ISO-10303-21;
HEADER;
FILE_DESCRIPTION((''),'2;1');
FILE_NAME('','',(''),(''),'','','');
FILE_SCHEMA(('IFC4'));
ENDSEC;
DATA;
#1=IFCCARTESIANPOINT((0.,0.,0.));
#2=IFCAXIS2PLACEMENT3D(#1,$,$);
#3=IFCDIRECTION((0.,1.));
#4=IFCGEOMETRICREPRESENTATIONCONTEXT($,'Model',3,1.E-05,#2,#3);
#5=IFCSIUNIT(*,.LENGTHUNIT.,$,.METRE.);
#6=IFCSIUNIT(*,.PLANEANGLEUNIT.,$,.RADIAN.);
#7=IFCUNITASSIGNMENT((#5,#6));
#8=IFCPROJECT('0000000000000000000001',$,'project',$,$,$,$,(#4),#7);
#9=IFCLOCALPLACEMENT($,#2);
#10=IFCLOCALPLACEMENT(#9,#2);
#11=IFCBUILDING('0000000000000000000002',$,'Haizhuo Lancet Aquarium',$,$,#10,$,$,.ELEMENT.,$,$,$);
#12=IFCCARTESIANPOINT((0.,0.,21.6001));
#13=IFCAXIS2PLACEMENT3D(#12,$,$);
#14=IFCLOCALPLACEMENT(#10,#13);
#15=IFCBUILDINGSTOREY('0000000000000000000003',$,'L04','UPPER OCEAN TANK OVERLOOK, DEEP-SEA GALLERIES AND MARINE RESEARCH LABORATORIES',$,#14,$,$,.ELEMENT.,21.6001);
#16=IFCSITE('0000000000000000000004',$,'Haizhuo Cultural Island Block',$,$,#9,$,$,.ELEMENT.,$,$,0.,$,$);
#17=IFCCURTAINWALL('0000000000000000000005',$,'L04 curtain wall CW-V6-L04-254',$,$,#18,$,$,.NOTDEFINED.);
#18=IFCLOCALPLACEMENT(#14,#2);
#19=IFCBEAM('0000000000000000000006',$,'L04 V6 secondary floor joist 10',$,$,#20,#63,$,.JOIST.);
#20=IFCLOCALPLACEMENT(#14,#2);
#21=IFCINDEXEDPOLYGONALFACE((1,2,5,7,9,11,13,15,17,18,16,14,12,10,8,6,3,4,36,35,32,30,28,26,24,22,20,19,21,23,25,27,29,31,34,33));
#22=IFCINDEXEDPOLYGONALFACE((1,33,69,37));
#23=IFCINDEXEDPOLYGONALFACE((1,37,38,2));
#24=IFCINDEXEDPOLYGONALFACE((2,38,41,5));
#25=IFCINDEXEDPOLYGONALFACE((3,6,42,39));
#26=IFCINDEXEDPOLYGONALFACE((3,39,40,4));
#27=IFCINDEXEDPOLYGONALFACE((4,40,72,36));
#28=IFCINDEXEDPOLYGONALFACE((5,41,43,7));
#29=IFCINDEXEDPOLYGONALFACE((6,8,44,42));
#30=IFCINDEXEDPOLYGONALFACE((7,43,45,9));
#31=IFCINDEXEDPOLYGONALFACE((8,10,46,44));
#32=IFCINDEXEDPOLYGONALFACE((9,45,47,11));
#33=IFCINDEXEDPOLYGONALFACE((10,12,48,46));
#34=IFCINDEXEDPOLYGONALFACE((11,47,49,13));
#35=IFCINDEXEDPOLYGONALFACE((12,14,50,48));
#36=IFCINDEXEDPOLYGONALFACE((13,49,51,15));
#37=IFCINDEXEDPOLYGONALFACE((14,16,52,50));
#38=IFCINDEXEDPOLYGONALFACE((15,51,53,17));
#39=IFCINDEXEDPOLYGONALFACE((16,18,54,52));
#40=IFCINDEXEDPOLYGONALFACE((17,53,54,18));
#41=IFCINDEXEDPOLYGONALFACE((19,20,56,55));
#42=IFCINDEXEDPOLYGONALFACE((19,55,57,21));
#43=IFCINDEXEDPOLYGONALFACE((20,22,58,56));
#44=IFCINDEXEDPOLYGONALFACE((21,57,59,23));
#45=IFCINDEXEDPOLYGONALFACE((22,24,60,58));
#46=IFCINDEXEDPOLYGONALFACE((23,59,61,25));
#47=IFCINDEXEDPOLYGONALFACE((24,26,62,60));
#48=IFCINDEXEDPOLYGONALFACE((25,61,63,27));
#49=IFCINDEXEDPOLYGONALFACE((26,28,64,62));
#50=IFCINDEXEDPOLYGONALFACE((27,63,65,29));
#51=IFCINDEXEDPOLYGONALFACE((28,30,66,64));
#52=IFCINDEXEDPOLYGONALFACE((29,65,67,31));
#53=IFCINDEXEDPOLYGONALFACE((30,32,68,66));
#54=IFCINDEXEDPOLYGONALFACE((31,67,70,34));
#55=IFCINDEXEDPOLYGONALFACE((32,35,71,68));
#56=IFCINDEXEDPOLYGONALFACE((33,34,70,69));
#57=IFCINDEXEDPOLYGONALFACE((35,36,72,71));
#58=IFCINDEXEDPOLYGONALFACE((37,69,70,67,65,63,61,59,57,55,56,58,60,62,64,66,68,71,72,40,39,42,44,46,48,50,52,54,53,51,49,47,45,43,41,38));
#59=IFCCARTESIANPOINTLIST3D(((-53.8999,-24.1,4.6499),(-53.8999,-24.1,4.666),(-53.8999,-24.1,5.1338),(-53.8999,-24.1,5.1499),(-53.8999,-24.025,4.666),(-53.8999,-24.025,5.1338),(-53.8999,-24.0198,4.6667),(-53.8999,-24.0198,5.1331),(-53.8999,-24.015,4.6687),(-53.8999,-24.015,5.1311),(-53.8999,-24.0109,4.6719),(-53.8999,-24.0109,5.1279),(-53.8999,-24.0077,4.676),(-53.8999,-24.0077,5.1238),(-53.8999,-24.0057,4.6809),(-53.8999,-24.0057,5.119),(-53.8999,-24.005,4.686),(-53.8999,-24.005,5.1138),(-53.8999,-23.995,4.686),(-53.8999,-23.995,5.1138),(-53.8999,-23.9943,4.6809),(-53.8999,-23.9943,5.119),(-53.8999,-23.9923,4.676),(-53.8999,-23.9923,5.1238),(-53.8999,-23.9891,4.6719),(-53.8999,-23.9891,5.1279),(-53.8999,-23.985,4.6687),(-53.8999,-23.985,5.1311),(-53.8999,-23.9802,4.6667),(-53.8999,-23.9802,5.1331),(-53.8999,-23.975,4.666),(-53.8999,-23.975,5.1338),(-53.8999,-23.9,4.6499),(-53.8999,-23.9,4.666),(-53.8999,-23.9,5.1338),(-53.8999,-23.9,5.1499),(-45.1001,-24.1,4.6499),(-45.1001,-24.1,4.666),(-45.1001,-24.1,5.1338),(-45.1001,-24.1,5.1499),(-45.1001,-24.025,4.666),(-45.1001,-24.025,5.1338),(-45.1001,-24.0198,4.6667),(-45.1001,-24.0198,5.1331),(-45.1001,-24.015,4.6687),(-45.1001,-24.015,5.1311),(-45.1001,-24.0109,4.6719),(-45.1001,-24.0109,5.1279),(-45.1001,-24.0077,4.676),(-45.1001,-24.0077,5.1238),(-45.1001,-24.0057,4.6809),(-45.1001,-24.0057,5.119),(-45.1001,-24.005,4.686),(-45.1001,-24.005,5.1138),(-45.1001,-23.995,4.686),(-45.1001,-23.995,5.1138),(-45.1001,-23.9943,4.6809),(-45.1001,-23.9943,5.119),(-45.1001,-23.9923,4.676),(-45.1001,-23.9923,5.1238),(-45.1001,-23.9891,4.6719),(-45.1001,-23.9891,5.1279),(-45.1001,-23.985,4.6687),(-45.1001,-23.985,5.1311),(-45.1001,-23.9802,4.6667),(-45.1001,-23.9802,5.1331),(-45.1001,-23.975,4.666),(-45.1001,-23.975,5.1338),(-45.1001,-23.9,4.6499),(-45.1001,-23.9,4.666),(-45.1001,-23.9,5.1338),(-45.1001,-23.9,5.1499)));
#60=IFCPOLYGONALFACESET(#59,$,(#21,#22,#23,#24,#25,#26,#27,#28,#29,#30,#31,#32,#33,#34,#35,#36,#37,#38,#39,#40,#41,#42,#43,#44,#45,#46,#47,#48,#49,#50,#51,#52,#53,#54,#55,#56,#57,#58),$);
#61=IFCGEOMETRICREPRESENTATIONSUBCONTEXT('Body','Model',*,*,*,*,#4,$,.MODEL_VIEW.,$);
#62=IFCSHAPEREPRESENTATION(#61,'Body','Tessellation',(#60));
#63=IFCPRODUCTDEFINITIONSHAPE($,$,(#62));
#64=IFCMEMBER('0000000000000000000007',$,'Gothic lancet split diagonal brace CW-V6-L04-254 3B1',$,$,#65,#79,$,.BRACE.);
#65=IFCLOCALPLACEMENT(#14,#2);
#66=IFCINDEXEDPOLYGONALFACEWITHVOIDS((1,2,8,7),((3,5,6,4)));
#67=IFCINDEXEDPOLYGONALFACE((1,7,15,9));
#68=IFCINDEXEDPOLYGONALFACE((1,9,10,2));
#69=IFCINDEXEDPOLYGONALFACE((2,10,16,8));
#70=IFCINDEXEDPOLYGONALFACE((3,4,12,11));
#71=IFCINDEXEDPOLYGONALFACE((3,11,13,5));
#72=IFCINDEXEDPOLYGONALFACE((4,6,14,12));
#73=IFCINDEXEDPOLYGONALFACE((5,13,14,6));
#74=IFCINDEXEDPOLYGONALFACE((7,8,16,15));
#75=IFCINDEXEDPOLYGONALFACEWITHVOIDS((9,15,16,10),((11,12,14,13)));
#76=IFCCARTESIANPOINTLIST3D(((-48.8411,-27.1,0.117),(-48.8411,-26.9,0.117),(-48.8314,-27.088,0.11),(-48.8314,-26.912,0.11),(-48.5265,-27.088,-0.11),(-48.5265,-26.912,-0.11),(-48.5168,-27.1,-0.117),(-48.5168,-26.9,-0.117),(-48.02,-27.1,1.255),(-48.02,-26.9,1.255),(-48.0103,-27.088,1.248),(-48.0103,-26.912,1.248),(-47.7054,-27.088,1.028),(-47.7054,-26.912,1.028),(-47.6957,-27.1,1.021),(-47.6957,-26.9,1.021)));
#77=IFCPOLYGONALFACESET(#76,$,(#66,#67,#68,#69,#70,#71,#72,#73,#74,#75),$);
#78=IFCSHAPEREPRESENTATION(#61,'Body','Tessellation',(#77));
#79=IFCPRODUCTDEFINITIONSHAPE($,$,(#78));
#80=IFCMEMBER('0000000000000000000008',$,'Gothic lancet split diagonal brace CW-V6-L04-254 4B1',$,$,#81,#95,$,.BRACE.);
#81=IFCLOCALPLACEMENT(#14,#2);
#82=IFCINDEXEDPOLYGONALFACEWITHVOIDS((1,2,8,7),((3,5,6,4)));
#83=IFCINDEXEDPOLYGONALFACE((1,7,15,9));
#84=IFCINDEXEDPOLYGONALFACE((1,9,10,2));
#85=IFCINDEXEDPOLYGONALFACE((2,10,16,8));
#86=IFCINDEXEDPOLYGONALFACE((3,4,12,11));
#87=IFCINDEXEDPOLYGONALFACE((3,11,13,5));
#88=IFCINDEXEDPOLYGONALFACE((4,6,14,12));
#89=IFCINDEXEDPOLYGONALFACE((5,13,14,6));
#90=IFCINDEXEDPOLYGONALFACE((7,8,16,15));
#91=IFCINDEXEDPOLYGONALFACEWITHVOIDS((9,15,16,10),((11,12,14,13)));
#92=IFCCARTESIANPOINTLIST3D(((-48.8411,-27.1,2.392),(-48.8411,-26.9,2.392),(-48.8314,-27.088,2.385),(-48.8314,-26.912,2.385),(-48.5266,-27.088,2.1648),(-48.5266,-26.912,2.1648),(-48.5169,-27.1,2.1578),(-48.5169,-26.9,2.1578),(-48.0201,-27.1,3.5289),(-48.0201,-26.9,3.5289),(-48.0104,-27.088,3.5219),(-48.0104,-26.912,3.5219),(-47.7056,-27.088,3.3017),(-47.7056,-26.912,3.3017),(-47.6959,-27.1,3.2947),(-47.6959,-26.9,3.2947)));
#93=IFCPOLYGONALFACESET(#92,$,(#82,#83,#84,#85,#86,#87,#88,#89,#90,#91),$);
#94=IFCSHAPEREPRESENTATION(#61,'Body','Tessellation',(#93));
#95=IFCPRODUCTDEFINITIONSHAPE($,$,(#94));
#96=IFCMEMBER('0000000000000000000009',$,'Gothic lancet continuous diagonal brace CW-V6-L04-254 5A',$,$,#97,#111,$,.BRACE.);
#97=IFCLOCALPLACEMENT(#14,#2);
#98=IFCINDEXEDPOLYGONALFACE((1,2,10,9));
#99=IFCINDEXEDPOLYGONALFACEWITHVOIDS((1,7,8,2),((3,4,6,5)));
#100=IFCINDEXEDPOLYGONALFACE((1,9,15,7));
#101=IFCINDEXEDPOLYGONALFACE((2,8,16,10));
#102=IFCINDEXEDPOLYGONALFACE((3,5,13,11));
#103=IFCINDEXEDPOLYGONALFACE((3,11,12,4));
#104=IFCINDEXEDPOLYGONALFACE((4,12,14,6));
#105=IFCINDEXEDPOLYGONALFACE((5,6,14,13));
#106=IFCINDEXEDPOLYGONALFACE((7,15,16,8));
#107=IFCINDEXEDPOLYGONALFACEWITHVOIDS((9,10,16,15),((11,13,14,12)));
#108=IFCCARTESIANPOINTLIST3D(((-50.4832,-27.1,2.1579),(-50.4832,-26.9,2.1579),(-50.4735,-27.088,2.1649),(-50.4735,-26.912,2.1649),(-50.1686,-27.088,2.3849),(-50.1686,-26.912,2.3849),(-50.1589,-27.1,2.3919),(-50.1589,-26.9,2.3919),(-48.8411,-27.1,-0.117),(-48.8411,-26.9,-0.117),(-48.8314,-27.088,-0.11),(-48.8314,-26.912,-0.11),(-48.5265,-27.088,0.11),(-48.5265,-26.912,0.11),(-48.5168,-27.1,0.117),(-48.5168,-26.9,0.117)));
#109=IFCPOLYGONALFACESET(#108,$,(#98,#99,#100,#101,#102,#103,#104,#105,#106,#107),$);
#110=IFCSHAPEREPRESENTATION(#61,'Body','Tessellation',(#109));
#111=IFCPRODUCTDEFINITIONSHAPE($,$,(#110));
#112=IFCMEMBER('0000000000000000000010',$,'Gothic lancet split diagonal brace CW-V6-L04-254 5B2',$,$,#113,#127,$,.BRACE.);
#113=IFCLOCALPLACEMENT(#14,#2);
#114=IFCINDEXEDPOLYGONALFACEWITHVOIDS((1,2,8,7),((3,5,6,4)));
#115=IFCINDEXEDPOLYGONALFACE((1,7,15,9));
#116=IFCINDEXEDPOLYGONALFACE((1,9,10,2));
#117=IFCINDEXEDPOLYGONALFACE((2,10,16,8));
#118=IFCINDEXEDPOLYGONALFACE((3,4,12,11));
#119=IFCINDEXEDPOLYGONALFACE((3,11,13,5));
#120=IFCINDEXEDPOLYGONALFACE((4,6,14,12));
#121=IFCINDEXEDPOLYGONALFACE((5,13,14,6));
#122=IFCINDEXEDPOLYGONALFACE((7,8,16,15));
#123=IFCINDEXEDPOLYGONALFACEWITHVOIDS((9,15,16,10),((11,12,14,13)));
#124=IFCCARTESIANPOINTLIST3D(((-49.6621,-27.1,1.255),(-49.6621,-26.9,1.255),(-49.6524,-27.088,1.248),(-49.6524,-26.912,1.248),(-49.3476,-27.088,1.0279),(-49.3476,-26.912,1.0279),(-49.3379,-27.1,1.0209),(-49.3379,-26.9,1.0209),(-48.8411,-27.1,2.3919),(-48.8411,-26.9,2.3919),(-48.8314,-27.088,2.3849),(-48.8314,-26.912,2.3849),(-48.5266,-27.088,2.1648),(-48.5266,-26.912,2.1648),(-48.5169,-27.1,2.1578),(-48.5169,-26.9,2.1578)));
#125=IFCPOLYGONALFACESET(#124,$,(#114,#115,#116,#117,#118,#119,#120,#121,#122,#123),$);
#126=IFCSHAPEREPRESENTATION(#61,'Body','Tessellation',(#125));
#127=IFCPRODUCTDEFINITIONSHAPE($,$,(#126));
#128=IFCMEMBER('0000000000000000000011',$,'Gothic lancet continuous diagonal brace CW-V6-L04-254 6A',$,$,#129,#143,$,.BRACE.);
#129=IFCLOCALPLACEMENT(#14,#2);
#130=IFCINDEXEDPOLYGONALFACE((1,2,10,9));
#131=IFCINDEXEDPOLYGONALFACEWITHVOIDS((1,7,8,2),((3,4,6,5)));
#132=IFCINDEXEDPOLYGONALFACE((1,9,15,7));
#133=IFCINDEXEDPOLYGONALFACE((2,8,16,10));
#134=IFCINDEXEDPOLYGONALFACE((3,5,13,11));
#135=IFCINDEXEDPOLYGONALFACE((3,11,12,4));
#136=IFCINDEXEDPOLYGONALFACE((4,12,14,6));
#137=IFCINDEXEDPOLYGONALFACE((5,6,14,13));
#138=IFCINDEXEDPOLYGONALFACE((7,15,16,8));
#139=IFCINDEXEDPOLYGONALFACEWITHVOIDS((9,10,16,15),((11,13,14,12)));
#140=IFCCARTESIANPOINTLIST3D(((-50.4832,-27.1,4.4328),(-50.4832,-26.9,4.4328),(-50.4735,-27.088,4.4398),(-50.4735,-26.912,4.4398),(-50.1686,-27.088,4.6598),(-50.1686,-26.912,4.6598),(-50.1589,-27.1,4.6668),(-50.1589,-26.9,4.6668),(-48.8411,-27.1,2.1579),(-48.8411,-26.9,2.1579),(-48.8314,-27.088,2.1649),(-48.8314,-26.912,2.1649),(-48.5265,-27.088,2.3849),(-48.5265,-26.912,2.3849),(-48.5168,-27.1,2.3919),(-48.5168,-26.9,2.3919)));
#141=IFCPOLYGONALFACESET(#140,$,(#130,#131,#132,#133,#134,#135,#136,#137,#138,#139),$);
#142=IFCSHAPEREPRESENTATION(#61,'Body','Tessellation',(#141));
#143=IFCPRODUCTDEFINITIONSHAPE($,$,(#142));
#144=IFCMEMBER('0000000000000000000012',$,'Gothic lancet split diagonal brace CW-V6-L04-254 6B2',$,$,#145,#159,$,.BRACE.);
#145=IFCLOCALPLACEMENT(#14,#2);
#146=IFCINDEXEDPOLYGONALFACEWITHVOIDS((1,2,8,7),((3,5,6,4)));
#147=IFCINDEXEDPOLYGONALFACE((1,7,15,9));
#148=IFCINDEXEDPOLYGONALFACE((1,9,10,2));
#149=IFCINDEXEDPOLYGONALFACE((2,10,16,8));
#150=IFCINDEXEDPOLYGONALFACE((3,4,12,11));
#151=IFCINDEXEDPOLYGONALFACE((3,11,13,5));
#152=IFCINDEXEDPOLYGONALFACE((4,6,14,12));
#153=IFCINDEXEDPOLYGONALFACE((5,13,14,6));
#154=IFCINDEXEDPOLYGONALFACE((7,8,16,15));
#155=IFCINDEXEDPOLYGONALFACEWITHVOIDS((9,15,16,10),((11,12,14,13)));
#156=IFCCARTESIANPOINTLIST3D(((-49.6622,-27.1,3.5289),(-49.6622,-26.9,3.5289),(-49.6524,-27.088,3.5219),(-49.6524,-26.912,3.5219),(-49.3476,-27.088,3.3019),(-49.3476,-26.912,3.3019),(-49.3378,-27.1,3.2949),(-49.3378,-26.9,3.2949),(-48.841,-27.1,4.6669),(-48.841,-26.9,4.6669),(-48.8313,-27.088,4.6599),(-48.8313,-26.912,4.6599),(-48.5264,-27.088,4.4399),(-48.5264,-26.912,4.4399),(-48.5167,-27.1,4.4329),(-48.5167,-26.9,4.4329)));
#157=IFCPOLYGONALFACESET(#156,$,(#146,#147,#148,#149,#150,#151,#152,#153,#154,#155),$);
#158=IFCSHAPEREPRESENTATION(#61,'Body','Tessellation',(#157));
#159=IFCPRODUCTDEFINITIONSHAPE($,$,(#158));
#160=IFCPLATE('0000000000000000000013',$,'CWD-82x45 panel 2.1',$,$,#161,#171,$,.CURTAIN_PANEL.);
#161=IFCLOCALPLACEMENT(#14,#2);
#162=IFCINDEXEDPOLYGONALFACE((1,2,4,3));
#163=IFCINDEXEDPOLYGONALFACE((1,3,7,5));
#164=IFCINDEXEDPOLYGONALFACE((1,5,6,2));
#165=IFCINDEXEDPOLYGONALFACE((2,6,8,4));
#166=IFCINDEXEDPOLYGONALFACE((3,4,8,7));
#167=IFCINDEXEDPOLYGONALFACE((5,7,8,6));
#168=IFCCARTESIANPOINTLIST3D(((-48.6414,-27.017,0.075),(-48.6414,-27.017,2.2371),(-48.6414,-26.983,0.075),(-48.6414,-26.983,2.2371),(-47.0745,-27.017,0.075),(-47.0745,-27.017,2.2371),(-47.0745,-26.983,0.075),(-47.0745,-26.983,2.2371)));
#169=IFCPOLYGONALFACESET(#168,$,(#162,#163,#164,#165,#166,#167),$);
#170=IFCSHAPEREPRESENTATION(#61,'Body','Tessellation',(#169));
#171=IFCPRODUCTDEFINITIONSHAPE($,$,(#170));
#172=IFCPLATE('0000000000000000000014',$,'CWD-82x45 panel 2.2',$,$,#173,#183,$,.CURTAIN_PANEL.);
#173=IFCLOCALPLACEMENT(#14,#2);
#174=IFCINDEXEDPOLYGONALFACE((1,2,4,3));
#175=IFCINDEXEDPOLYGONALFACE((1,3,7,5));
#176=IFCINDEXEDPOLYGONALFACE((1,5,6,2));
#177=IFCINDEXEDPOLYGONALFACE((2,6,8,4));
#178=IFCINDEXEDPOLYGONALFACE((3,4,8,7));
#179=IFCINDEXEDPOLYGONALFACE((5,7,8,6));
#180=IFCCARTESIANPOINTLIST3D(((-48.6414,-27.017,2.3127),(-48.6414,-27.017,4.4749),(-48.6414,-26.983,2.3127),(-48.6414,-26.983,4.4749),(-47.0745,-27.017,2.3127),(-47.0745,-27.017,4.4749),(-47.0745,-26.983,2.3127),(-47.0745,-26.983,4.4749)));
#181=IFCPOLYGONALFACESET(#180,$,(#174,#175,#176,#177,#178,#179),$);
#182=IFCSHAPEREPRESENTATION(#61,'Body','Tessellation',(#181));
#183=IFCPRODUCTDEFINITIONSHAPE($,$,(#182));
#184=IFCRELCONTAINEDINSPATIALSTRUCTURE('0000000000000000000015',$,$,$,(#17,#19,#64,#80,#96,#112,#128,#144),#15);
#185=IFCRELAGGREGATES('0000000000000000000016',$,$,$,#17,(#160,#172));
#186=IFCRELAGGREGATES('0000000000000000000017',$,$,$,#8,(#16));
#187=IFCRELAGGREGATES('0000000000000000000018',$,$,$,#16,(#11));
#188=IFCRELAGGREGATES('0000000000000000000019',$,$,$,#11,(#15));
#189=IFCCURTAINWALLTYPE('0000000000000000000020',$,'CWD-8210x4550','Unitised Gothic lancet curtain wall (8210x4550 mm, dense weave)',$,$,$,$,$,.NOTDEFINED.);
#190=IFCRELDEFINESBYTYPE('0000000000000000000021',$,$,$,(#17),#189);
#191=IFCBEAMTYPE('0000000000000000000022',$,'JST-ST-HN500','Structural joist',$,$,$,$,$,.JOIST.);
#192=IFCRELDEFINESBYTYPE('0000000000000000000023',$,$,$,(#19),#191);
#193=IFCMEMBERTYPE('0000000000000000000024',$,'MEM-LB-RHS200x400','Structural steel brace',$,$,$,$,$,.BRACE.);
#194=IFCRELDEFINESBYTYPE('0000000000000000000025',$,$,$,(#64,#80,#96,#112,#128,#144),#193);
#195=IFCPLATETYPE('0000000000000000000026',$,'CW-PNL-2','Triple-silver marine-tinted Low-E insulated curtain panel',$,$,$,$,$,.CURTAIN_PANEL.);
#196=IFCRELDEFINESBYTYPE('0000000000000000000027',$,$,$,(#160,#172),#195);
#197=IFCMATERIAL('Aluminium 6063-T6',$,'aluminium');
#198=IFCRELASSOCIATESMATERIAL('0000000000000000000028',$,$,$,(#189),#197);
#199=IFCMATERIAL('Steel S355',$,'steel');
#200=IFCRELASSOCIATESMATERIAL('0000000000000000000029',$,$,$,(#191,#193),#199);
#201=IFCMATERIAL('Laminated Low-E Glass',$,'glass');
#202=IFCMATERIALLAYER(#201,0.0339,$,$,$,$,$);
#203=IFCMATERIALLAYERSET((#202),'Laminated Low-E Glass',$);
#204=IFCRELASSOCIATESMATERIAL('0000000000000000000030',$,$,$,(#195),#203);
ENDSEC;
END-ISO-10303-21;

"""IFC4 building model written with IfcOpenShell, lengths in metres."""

from ifc_helpers import new_model, si_unit, direction, frame, origin, origin_2d, place, context, subcontext, project, spatial, rectangle, hollow_rectangle, i_section, extrude, material, layer, layer_set, material_profile, profile_set, type_object, element, aggregate, save


model = new_model("IFC4")

# Units and contexts
model_context = context("Model", 3, precision=1e-05, world=origin(), true_north=direction((0.0, 1.0)))
body_context = subcontext(model_context, "Body", "Model", "MODEL_VIEW")
ifc_project = project(units=[si_unit("LENGTHUNIT", "METRE"), si_unit("PLANEANGLEUNIT", "RADIAN")], contexts=[model_context])

# Site, building, storey
site_placement = place(None, origin())
site = spatial("IfcSite", under=ifc_project, at=site_placement, Name="Haizhuo Cultural Island Block", CompositionType="ELEMENT", RefElevation=0.0)
building_placement = place(site_placement, origin())
building = spatial("IfcBuilding", under=site, at=building_placement, Name="Haizhuo Lancet Aquarium", CompositionType="ELEMENT")
storey_placement = place(building_placement, frame((0.0, 0.0, 21.6001)))
storey = spatial("IfcBuildingStorey", under=building, at=storey_placement, Name="L04", Description="UPPER OCEAN TANK OVERLOOK, DEEP-SEA GALLERIES AND MARINE RESEARCH LABORATORIES", CompositionType="ELEMENT", Elevation=21.6001)

# Shared definitions
ifc_material_1 = material(Name="Steel S355", Category="steel")

# Curtain wall
ifc_material_2 = material(Name="Aluminium 6063-T6", Category="aluminium")
curtain_wall_type = type_object("IfcCurtainWallType", Name="CWD-8210x4550", Description="Unitised Gothic lancet curtain wall (8210x4550 mm, dense weave)", PredefinedType="NOTDEFINED", material=ifc_material_2)
curtain_wall_placement = place(storey_placement, origin())
curtain_wall = element("IfcCurtainWall", 1, at=curtain_wall_placement, inside=storey, type_object=curtain_wall_type, Name="L04 curtain wall CW-V6-L04-254", PredefinedType="NOTDEFINED")

# Beam
ifc_material_profile_1 = material_profile(ifc_material_1, i_section(OverallWidth=0.2, OverallDepth=0.5, WebThickness=0.01, FlangeThickness=0.0161, FilletRadius=0.02, at=origin_2d()), Name="HN 500x200x10x16")
ifc_profile_set_1 = profile_set([ifc_material_profile_1], Name="Steel S355")
beam_type_1 = type_object("IfcBeamType", Name="JST-ST-HN500", Description="Structural joist", PredefinedType="JOIST", material=ifc_profile_set_1)
beam_1_placement = place(storey_placement, frame((-53.8999, -24.0, 4.8999), z_axis=(1.0, 0.0, 0.0), x_axis=(0.0, 1.0, 0.0)))
element("IfcBeam", 2, at=beam_1_placement, inside=storey, type_object=beam_type_1, Name="L04 V6 secondary floor joist 10", PredefinedType="JOIST", context=body_context, shape_type="SweptSolid", body=[
    extrude(i_section(OverallWidth=0.2, OverallDepth=0.5, WebThickness=0.01, FlangeThickness=0.0161, FilletRadius=0.02, at=origin_2d()), origin(), (0.0, 0.0, 1.0), 8.7998),
])

# Members
ifc_material_profile_2 = material_profile(ifc_material_1, hollow_rectangle(XDim=0.2, YDim=0.3999, WallThickness=0.012, at=origin_2d()), Name="RHS 200x400x12")
ifc_profile_set_2 = profile_set([ifc_material_profile_2], Name="Steel S355")
member_type_1 = type_object("IfcMemberType", Name="MEM-LB-RHS200x400", Description="Structural steel brace", PredefinedType="BRACE", material=ifc_profile_set_2)
member_1_placement = place(storey_placement, frame((-48.679, -27.0, 0.0), z_axis=(0.585116, 0.0, 0.81095), x_axis=(0.0, 1.0, 0.0)))
element("IfcMember", 3, at=member_1_placement, inside=storey, type_object=member_type_1, Name="Gothic lancet split diagonal brace CW-V6-L04-254 3B1", PredefinedType="BRACE", context=body_context, shape_type="SweptSolid", body=[
    extrude(hollow_rectangle(XDim=0.2, YDim=0.3999, WallThickness=0.012, at=origin_2d()), origin(), (0.0, 0.0, 1.0), 1.4033),
])
member_2_placement = place(storey_placement, frame((-48.679, -27.0, 2.2749), z_axis=(0.585446, 0.0, 0.810711), x_axis=(0.0, 1.0, 0.0)))
element("IfcMember", 4, at=member_2_placement, inside=storey, type_object=member_type_1, Name="Gothic lancet split diagonal brace CW-V6-L04-254 4B1", PredefinedType="BRACE", context=body_context, shape_type="SweptSolid", body=[
    extrude(hollow_rectangle(XDim=0.2, YDim=0.3999, WallThickness=0.012, at=origin_2d()), origin(), (0.0, 0.0, 1.0), 1.4023),
])
member_3_placement = place(storey_placement, frame((-48.679, -27.0, 0.0), z_axis=(-0.585281, 0.0, 0.810831), x_axis=(0.0, -1.0, 0.0)))
element("IfcMember", 5, at=member_3_placement, inside=storey, type_object=member_type_1, Name="Gothic lancet continuous diagonal brace CW-V6-L04-254 5A", PredefinedType="BRACE", context=body_context, shape_type="SweptSolid", body=[
    extrude(hollow_rectangle(XDim=0.2, YDim=0.3999, WallThickness=0.012, at=origin_2d()), origin(), (0.0, 0.0, 1.0), 2.8057),
])
member_4_placement = place(storey_placement, frame((-49.5, -27.0, 1.1379), z_axis=(0.585446, 0.0, 0.810711), x_axis=(0.0, 1.0, 0.0)))
element("IfcMember", 6, at=member_4_placement, inside=storey, type_object=member_type_1, Name="Gothic lancet split diagonal brace CW-V6-L04-254 5B2", PredefinedType="BRACE", context=body_context, shape_type="SweptSolid", body=[
    extrude(hollow_rectangle(XDim=0.2, YDim=0.3999, WallThickness=0.012, at=origin_2d()), origin(), (0.0, 0.0, 1.0), 1.4023),
])
member_5_placement = place(storey_placement, frame((-48.679, -27.0, 2.2749), z_axis=(-0.585281, 0.0, 0.810831), x_axis=(0.0, -1.0, 0.0)))
element("IfcMember", 7, at=member_5_placement, inside=storey, type_object=member_type_1, Name="Gothic lancet continuous diagonal brace CW-V6-L04-254 6A", PredefinedType="BRACE", context=body_context, shape_type="SweptSolid", body=[
    extrude(hollow_rectangle(XDim=0.2, YDim=0.3999, WallThickness=0.012, at=origin_2d()), origin(), (0.0, 0.0, 1.0), 2.8057),
])
member_6_placement = place(storey_placement, frame((-49.5, -27.0, 3.4119), z_axis=(0.585116, 0.0, 0.81095), x_axis=(0.0, 1.0, 0.0)))
element("IfcMember", 8, at=member_6_placement, inside=storey, type_object=member_type_1, Name="Gothic lancet split diagonal brace CW-V6-L04-254 6B2", PredefinedType="BRACE", context=body_context, shape_type="SweptSolid", body=[
    extrude(hollow_rectangle(XDim=0.2, YDim=0.3999, WallThickness=0.012, at=origin_2d()), origin(), (0.0, 0.0, 1.0), 1.4033),
])

# Plates
ifc_material_3 = material(Name="Laminated Low-E Glass", Category="glass")
ifc_layer_1 = layer(ifc_material_3, 0.0339)
ifc_layer_set_1 = layer_set([ifc_layer_1], Name="Laminated Low-E Glass")
plate_type = type_object("IfcPlateType", Name="CW-PNL-2", Description="Triple-silver marine-tinted Low-E insulated curtain panel", PredefinedType="CURTAIN_PANEL", material=ifc_layer_set_1)
plate_1_placement = place(storey_placement, frame((-47.8579, -27.0, 0.075), z_axis=(0.0, 0.0, 1.0), x_axis=(-1.0, 0.0, 0.0)))
plate_1 = element("IfcPlate", 9, at=plate_1_placement, type_object=plate_type, Name="CWD-82x45 panel 2.1", PredefinedType="CURTAIN_PANEL", context=body_context, shape_type="SweptSolid", body=[
    extrude(rectangle(XDim=1.5669, YDim=0.0339, at=origin_2d()), origin(), (0.0, 0.0, 1.0), 2.1621),
])
plate_2_placement = place(storey_placement, frame((-47.8579, -27.0, 2.3127), z_axis=(0.0, 0.0, 1.0), x_axis=(-1.0, 0.0, 0.0)))
plate_2 = element("IfcPlate", 10, at=plate_2_placement, type_object=plate_type, Name="CWD-82x45 panel 2.2", PredefinedType="CURTAIN_PANEL", context=body_context, shape_type="SweptSolid", body=[
    extrude(rectangle(XDim=1.5669, YDim=0.0339, at=origin_2d()), origin(), (0.0, 0.0, 1.0), 2.1621),
])
aggregate(curtain_wall, [plate_1, plate_2])

save(model, "model.ifc")
